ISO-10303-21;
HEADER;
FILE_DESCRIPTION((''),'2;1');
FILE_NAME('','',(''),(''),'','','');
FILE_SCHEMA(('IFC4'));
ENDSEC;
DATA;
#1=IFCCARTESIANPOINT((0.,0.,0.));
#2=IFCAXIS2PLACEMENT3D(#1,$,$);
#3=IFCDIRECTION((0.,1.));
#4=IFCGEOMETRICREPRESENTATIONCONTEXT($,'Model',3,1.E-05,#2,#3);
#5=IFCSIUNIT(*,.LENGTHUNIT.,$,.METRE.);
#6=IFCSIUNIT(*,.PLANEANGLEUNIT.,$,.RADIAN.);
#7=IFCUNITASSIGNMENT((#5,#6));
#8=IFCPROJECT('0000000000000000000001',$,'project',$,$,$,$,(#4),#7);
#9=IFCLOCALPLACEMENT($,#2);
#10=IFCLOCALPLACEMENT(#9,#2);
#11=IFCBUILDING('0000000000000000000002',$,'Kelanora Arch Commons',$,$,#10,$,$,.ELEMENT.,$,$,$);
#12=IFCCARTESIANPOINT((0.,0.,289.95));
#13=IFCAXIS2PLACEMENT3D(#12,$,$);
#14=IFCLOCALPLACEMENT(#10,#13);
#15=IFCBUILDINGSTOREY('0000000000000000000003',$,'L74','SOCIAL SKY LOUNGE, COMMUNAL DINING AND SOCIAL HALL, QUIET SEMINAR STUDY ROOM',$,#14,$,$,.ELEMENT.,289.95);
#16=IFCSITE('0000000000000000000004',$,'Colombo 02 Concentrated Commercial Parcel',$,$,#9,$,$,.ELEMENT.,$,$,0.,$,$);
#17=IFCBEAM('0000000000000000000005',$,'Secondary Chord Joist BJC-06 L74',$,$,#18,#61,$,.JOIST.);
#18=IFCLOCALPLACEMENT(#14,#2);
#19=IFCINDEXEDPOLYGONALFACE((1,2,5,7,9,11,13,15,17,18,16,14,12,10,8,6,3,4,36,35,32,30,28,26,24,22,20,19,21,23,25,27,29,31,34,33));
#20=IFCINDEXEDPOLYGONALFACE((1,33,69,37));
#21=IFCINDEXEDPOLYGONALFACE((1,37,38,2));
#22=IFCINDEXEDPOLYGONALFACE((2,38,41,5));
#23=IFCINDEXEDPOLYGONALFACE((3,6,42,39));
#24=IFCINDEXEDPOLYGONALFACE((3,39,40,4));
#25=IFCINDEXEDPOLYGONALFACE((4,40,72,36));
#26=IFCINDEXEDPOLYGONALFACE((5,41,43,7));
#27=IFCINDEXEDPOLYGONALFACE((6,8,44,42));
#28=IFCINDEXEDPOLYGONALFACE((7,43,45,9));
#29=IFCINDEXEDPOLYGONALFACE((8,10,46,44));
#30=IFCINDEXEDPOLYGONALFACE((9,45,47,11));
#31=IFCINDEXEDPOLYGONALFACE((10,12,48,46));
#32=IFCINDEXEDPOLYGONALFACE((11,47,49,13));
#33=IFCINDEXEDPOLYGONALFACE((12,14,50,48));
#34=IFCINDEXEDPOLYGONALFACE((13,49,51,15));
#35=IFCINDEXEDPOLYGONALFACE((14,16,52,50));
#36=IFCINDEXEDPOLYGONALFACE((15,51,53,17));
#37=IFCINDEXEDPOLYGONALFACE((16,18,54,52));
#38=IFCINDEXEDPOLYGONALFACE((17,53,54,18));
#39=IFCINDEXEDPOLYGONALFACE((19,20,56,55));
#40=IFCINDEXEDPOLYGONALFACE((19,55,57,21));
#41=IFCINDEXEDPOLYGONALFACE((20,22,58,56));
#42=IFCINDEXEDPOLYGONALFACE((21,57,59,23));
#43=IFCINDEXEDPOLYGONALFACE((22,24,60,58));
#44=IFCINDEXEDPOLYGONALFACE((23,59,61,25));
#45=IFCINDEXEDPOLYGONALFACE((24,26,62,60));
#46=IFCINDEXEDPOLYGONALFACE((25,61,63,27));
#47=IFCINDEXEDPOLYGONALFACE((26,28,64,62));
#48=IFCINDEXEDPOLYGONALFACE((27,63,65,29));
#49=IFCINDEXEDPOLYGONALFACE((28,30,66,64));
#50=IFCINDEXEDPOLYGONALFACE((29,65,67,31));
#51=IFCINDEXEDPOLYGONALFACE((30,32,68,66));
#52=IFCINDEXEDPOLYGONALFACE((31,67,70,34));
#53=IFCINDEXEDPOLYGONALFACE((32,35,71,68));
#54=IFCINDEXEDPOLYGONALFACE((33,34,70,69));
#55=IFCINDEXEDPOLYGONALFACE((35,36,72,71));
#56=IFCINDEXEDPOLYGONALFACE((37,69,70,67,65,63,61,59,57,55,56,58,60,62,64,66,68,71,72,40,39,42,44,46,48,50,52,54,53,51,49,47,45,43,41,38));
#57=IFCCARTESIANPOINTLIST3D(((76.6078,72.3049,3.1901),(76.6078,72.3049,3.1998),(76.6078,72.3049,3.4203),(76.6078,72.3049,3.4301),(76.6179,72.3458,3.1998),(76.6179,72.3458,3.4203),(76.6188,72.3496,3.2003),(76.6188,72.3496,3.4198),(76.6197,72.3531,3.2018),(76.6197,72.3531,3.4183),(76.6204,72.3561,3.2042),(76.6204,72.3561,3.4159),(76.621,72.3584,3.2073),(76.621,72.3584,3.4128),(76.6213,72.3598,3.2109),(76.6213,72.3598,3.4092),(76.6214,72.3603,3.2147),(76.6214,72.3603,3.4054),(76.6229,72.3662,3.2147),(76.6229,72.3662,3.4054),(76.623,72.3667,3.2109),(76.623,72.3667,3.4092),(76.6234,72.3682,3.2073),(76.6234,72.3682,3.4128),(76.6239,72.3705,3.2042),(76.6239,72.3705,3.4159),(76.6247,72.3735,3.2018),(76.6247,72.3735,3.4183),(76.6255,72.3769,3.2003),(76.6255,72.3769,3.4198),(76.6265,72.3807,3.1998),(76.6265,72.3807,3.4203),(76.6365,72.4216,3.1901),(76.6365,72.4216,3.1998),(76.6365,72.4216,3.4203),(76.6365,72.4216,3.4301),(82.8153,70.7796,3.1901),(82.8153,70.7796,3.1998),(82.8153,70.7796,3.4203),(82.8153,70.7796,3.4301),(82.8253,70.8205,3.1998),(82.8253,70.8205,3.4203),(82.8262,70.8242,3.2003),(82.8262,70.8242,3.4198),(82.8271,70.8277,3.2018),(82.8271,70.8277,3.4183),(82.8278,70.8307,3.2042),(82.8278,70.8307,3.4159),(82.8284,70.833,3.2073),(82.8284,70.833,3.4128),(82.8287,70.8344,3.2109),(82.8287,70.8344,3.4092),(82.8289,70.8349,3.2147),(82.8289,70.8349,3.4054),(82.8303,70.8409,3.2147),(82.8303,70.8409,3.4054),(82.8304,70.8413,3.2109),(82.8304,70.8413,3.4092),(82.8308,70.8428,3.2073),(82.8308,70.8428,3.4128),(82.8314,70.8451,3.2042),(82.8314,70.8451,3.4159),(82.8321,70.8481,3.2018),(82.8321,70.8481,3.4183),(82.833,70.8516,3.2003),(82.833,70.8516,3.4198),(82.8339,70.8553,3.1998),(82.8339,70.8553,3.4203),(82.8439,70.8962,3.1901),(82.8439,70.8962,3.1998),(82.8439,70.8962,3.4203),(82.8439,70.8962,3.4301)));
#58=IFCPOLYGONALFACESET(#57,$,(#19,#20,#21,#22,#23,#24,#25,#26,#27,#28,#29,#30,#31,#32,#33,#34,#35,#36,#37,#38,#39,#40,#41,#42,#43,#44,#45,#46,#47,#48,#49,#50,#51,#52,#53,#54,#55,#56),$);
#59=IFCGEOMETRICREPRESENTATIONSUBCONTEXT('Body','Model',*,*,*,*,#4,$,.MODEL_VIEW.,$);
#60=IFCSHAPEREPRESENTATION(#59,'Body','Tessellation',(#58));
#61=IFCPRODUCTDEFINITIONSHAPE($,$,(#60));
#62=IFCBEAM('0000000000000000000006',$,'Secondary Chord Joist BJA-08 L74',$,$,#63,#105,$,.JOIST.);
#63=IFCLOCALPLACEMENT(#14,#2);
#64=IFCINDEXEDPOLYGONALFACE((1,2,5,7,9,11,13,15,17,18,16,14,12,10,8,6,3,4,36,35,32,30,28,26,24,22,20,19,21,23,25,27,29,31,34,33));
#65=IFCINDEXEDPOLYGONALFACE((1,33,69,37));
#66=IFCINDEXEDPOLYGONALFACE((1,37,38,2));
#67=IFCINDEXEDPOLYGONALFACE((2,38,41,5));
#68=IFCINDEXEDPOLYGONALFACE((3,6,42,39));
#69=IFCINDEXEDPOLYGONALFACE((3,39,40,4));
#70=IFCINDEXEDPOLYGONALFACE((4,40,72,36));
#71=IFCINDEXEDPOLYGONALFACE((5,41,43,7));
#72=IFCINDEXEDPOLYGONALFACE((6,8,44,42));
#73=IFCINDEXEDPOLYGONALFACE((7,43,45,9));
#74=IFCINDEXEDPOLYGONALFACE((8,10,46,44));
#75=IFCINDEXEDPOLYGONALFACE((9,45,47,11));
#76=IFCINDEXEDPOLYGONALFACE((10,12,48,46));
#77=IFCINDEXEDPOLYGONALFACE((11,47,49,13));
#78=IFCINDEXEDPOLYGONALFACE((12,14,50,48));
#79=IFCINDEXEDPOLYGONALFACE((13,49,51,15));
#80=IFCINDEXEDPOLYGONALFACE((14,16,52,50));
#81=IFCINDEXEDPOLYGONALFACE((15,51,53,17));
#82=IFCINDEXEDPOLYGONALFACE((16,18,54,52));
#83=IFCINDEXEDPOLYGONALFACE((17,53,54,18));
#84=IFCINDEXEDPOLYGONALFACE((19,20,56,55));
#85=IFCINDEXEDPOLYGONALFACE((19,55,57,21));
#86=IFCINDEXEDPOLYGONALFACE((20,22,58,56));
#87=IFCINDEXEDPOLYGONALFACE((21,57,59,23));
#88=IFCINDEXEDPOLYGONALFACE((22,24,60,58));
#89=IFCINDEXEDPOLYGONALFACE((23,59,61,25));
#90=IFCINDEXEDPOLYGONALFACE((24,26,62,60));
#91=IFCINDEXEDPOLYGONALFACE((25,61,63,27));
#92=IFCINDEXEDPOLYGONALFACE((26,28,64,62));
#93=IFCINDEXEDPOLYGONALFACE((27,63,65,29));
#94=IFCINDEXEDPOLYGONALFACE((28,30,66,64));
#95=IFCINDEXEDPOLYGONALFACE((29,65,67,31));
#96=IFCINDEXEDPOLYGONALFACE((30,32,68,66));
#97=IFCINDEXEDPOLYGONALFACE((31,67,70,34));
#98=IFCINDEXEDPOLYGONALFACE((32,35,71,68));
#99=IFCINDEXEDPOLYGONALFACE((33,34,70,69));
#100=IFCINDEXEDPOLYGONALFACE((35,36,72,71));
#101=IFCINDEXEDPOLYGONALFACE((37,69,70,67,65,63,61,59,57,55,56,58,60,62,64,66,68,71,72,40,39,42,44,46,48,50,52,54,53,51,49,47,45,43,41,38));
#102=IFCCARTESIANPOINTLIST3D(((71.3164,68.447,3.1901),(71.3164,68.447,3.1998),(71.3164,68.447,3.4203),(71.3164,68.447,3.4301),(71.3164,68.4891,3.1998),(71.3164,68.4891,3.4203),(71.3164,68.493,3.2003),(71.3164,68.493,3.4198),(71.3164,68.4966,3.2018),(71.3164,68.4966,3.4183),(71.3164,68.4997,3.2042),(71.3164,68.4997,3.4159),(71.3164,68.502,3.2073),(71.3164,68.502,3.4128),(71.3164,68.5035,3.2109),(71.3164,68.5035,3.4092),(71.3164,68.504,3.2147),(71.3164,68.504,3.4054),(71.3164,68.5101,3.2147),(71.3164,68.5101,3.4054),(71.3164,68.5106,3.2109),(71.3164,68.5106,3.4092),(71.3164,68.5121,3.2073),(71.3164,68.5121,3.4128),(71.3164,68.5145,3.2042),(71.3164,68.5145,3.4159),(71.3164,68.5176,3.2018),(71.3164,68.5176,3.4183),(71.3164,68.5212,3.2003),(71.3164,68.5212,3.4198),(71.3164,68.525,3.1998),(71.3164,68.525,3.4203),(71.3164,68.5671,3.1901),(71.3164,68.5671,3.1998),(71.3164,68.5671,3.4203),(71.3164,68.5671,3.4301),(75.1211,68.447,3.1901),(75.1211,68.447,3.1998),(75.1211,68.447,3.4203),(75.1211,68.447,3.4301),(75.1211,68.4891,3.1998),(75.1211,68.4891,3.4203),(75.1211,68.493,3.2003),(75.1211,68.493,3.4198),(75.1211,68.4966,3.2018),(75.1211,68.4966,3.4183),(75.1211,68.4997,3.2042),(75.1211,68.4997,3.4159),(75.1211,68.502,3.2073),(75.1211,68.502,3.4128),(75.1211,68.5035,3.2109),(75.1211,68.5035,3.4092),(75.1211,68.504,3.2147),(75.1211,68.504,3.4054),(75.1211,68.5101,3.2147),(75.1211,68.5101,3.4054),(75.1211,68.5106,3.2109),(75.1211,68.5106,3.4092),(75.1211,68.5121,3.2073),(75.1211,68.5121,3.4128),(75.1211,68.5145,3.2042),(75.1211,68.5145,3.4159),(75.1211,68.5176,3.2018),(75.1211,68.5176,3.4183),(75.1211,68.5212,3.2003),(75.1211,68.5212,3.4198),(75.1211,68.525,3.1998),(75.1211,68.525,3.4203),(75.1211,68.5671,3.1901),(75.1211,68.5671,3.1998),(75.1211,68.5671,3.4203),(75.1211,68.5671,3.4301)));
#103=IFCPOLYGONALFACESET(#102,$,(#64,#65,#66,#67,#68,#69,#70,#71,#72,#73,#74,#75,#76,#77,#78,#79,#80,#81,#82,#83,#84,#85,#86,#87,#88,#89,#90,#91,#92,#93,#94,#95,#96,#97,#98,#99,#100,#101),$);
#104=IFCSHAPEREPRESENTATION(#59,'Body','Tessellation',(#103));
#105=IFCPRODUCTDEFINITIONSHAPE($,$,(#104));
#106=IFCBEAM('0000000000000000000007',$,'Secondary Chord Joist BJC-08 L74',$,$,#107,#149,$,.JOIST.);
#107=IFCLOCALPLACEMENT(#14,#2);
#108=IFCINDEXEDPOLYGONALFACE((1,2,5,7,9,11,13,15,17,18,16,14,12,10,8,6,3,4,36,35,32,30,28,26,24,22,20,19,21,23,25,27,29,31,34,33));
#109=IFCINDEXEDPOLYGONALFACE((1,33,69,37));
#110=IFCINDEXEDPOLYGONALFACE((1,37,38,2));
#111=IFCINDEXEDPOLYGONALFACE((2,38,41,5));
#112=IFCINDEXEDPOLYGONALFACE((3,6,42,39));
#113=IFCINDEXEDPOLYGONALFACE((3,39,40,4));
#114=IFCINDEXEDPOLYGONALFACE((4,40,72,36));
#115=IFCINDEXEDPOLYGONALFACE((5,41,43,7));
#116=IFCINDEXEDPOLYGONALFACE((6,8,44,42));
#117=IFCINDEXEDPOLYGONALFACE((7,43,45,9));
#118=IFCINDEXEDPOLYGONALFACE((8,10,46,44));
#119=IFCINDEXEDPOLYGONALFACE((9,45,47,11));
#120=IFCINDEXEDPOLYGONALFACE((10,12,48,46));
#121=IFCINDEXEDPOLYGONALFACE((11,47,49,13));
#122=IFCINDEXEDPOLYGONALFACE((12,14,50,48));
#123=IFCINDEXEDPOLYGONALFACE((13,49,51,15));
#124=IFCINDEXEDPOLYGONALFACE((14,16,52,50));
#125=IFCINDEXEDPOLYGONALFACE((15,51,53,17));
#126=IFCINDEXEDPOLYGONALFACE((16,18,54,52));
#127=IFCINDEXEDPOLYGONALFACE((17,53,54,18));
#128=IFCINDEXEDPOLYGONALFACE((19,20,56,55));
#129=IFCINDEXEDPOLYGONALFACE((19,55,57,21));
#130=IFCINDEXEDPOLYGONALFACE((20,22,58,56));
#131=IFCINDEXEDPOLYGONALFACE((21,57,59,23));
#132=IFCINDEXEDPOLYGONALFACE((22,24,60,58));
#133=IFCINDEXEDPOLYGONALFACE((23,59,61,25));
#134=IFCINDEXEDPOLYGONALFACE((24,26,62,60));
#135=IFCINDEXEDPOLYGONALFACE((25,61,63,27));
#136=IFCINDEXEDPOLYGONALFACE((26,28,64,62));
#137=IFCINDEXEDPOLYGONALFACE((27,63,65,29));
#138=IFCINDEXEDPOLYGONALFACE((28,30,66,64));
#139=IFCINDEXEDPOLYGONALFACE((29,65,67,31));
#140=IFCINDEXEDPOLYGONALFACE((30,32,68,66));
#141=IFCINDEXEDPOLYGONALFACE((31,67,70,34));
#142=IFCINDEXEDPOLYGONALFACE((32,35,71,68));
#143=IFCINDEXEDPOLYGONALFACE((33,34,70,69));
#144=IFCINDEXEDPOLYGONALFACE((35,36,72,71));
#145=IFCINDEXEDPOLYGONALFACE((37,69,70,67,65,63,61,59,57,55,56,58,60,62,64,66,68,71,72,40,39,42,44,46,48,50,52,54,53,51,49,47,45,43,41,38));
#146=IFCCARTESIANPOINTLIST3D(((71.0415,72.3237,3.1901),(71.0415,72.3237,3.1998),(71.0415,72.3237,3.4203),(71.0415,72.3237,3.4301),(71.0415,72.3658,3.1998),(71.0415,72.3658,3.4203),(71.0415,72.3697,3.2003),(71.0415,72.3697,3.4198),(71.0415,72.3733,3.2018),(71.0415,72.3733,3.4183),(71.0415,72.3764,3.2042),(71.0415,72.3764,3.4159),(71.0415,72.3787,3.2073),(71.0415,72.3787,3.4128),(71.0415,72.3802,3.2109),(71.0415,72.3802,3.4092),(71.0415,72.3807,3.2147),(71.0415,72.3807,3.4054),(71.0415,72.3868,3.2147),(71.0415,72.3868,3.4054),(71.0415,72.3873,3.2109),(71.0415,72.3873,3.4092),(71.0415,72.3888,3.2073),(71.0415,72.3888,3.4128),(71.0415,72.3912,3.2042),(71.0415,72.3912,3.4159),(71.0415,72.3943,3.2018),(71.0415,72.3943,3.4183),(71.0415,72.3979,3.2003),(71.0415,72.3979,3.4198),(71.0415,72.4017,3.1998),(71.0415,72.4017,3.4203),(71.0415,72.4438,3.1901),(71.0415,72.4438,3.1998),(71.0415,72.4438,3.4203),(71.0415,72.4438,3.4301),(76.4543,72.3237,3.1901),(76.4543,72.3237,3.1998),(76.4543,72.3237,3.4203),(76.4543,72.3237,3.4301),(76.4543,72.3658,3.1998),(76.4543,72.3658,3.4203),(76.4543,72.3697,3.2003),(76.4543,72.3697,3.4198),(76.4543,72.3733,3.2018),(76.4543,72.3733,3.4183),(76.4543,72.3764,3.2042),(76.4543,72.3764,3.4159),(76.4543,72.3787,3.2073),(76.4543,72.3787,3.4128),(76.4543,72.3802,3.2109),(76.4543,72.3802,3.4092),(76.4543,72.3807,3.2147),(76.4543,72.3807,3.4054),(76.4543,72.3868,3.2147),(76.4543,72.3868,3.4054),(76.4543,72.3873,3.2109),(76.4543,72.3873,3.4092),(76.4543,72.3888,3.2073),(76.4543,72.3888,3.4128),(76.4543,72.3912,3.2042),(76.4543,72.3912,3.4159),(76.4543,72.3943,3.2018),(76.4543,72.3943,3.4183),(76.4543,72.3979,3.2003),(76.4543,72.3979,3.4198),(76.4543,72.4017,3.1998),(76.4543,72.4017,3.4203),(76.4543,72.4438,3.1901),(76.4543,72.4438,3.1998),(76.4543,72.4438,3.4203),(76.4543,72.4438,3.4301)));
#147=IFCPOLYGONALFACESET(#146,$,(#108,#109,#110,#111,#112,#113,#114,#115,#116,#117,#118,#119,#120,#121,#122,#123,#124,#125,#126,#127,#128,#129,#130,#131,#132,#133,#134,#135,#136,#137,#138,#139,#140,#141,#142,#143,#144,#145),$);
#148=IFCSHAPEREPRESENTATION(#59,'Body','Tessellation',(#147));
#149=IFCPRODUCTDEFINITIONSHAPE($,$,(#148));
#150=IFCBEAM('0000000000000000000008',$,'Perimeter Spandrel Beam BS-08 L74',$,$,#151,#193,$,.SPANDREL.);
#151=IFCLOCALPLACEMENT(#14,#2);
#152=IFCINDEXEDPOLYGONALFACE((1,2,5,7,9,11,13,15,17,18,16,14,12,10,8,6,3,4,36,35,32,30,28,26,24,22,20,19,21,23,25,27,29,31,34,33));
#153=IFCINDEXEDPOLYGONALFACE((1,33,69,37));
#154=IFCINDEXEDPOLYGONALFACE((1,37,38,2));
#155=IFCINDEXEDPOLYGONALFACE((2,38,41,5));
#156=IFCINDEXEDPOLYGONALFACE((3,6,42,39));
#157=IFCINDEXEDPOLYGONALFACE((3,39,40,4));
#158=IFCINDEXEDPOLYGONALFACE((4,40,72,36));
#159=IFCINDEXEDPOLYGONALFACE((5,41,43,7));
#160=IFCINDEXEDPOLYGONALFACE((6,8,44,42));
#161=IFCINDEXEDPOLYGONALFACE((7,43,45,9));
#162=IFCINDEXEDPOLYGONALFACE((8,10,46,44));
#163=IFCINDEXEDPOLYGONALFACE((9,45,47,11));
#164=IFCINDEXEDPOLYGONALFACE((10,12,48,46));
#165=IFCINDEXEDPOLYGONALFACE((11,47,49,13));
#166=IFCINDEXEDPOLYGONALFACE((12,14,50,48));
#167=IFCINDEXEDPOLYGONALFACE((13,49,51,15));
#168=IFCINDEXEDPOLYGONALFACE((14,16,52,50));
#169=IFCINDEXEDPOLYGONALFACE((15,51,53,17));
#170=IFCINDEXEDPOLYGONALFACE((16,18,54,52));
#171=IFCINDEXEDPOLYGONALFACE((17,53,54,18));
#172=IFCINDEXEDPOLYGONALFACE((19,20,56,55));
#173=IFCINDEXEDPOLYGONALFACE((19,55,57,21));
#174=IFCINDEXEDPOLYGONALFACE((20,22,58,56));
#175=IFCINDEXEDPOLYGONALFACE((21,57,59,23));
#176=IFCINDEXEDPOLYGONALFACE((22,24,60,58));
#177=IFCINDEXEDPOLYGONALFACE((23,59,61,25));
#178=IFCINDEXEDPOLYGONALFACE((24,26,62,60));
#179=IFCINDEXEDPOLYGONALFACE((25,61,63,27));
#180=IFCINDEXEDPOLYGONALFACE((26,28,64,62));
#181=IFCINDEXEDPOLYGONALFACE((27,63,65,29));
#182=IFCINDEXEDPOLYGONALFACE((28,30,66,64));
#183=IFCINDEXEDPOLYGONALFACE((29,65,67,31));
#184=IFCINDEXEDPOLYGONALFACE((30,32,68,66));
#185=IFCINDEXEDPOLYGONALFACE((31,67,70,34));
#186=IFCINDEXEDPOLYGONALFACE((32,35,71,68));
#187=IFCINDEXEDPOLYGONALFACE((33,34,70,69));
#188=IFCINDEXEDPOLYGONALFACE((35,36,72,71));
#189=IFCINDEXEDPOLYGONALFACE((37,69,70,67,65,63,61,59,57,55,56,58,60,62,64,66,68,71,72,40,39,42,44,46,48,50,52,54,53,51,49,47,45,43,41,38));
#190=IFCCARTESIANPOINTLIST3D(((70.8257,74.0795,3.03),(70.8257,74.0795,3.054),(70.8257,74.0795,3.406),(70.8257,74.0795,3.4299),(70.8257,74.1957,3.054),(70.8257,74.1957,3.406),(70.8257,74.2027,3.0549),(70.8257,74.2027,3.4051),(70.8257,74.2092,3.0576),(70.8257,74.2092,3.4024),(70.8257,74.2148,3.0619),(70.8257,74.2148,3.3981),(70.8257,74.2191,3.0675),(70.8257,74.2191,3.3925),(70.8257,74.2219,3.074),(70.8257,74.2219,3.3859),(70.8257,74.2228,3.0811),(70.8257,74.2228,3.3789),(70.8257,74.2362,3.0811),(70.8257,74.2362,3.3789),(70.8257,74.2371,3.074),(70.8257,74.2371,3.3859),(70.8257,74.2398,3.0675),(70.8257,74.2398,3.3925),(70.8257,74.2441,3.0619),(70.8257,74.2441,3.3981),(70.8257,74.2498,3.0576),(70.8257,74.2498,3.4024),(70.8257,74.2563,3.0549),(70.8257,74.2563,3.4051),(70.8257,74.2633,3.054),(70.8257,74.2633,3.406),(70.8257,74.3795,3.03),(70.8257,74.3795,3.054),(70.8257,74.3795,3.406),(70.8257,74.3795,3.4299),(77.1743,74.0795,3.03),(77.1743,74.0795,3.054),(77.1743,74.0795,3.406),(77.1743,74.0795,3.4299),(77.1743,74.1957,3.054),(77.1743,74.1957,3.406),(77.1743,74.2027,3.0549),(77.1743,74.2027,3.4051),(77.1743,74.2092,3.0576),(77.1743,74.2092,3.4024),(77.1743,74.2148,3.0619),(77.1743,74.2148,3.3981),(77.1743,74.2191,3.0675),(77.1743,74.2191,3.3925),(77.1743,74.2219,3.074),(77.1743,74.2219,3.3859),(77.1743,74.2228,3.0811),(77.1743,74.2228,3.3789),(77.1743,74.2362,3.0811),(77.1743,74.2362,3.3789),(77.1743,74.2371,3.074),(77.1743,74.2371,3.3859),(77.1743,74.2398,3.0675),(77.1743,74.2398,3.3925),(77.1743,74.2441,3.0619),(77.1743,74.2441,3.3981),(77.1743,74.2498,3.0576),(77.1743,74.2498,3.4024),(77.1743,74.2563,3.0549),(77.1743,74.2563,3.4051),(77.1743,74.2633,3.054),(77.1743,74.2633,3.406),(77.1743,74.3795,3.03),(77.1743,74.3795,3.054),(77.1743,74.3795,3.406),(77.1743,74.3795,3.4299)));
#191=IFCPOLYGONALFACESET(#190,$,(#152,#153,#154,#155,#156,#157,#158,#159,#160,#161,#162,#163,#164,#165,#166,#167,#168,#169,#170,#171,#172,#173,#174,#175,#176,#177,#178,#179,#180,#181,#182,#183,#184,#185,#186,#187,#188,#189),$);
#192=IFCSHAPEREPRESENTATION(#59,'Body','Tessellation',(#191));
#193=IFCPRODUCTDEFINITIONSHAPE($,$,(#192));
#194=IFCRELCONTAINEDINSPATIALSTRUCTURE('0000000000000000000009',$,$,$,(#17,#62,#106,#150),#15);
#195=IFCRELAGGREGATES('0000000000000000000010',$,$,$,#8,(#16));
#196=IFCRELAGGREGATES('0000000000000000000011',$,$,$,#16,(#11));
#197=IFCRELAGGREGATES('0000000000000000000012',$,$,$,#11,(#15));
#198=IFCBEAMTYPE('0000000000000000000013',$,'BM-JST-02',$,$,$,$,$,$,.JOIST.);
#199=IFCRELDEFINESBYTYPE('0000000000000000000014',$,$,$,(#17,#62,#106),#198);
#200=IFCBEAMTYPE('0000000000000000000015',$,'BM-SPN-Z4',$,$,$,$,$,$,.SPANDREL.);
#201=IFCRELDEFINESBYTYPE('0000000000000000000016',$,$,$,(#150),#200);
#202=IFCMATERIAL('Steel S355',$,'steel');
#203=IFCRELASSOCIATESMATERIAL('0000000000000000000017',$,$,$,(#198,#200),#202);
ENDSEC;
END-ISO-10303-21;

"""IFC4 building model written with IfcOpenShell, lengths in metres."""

from ifc_helpers import new_model, si_unit, direction, frame, origin, origin_2d, place, context, subcontext, project, spatial, i_section, extrude, material, material_profile, profile_set, type_object, element, save


model = new_model("IFC4")

# Units and contexts
model_context = context("Model", 3, precision=1e-05, world=origin(), true_north=direction((0.0, 1.0)))
body_context = subcontext(model_context, "Body", "Model", "MODEL_VIEW")
ifc_project = project(units=[si_unit("LENGTHUNIT", "METRE"), si_unit("PLANEANGLEUNIT", "RADIAN")], contexts=[model_context])

# Site, building, storey
site_placement = place(None, origin())
site = spatial("IfcSite", under=ifc_project, at=site_placement, Name="Colombo 02 Concentrated Commercial Parcel", CompositionType="ELEMENT", RefElevation=0.0)
building_placement = place(site_placement, origin())
building = spatial("IfcBuilding", under=site, at=building_placement, Name="Kelanora Arch Commons", CompositionType="ELEMENT")
storey_placement = place(building_placement, frame((0.0, 0.0, 289.95)))
storey = spatial("IfcBuildingStorey", under=building, at=storey_placement, Name="L74", Description="SOCIAL SKY LOUNGE, COMMUNAL DINING AND SOCIAL HALL, QUIET SEMINAR STUDY ROOM", CompositionType="ELEMENT", Elevation=289.95)

# Beams
ifc_material_1 = material(Name="Steel S355", Category="steel")
ifc_material_profile_1 = material_profile(ifc_material_1, i_section(OverallWidth=0.1201, OverallDepth=0.24, WebThickness=0.0061, FlangeThickness=0.0098, FilletRadius=0.0149, at=origin_2d()), Name="IPE240")
ifc_profile_set_1 = profile_set([ifc_material_profile_1], Name="Steel S355")
beam_type_1 = type_object("IfcBeamType", Name="BM-JST-02", PredefinedType="JOIST", material=ifc_profile_set_1)
beam_1_placement = place(storey_placement, frame((82.8296, 70.8379, 3.3101), z_axis=(-0.97111, 0.238633, 0.0), x_axis=(-0.238633, -0.97111, 0.0)))
element("IfcBeam", 1, at=beam_1_placement, inside=storey, type_object=beam_type_1, Name="Secondary Chord Joist BJC-06 L74", PredefinedType="JOIST", context=body_context, shape_type="SweptSolid", body=[
    extrude(i_section(OverallWidth=0.1201, OverallDepth=0.24, WebThickness=0.0061, FlangeThickness=0.0098, FilletRadius=0.0149, at=origin_2d()), origin(), (0.0, 0.0, 1.0), 6.3921),
])
beam_2_placement = place(storey_placement, frame((75.1211, 68.5071, 3.3101), z_axis=(-1.0, 0.0, 0.0), x_axis=(0.0, -1.0, 0.0)))
element("IfcBeam", 2, at=beam_2_placement, inside=storey, type_object=beam_type_1, Name="Secondary Chord Joist BJA-08 L74", PredefinedType="JOIST", context=body_context, shape_type="SweptSolid", body=[
    extrude(i_section(OverallWidth=0.1201, OverallDepth=0.24, WebThickness=0.0061, FlangeThickness=0.0098, FilletRadius=0.0149, at=origin_2d()), origin(), (0.0, 0.0, 1.0), 3.8047),
])
beam_3_placement = place(storey_placement, frame((76.4543, 72.3838, 3.3101), z_axis=(-1.0, 0.0, 0.0), x_axis=(0.0, -1.0, 0.0)))
element("IfcBeam", 3, at=beam_3_placement, inside=storey, type_object=beam_type_1, Name="Secondary Chord Joist BJC-08 L74", PredefinedType="JOIST", context=body_context, shape_type="SweptSolid", body=[
    extrude(i_section(OverallWidth=0.1201, OverallDepth=0.24, WebThickness=0.0061, FlangeThickness=0.0098, FilletRadius=0.0149, at=origin_2d()), origin(), (0.0, 0.0, 1.0), 5.4128),
])
ifc_material_profile_2 = material_profile(ifc_material_1, i_section(OverallWidth=0.3, OverallDepth=0.3999, WebThickness=0.0134, FlangeThickness=0.0239, FilletRadius=0.0271, at=origin_2d()), Name="HEB400")
ifc_profile_set_2 = profile_set([ifc_material_profile_2], Name="Steel S355")
beam_type_2 = type_object("IfcBeamType", Name="BM-SPN-Z4", PredefinedType="SPANDREL", material=ifc_profile_set_2)
beam_4_placement = place(storey_placement, frame((77.1743, 74.2295, 3.23), z_axis=(-1.0, 0.0, 0.0), x_axis=(0.0, -1.0, 0.0)))
element("IfcBeam", 4, at=beam_4_placement, inside=storey, type_object=beam_type_2, Name="Perimeter Spandrel Beam BS-08 L74", PredefinedType="SPANDREL", context=body_context, shape_type="SweptSolid", body=[
    extrude(i_section(OverallWidth=0.3, OverallDepth=0.3999, WebThickness=0.0134, FlangeThickness=0.0239, FilletRadius=0.0271, at=origin_2d()), origin(), (0.0, 0.0, 1.0), 6.3486),
])

save(model, "model.ifc")
